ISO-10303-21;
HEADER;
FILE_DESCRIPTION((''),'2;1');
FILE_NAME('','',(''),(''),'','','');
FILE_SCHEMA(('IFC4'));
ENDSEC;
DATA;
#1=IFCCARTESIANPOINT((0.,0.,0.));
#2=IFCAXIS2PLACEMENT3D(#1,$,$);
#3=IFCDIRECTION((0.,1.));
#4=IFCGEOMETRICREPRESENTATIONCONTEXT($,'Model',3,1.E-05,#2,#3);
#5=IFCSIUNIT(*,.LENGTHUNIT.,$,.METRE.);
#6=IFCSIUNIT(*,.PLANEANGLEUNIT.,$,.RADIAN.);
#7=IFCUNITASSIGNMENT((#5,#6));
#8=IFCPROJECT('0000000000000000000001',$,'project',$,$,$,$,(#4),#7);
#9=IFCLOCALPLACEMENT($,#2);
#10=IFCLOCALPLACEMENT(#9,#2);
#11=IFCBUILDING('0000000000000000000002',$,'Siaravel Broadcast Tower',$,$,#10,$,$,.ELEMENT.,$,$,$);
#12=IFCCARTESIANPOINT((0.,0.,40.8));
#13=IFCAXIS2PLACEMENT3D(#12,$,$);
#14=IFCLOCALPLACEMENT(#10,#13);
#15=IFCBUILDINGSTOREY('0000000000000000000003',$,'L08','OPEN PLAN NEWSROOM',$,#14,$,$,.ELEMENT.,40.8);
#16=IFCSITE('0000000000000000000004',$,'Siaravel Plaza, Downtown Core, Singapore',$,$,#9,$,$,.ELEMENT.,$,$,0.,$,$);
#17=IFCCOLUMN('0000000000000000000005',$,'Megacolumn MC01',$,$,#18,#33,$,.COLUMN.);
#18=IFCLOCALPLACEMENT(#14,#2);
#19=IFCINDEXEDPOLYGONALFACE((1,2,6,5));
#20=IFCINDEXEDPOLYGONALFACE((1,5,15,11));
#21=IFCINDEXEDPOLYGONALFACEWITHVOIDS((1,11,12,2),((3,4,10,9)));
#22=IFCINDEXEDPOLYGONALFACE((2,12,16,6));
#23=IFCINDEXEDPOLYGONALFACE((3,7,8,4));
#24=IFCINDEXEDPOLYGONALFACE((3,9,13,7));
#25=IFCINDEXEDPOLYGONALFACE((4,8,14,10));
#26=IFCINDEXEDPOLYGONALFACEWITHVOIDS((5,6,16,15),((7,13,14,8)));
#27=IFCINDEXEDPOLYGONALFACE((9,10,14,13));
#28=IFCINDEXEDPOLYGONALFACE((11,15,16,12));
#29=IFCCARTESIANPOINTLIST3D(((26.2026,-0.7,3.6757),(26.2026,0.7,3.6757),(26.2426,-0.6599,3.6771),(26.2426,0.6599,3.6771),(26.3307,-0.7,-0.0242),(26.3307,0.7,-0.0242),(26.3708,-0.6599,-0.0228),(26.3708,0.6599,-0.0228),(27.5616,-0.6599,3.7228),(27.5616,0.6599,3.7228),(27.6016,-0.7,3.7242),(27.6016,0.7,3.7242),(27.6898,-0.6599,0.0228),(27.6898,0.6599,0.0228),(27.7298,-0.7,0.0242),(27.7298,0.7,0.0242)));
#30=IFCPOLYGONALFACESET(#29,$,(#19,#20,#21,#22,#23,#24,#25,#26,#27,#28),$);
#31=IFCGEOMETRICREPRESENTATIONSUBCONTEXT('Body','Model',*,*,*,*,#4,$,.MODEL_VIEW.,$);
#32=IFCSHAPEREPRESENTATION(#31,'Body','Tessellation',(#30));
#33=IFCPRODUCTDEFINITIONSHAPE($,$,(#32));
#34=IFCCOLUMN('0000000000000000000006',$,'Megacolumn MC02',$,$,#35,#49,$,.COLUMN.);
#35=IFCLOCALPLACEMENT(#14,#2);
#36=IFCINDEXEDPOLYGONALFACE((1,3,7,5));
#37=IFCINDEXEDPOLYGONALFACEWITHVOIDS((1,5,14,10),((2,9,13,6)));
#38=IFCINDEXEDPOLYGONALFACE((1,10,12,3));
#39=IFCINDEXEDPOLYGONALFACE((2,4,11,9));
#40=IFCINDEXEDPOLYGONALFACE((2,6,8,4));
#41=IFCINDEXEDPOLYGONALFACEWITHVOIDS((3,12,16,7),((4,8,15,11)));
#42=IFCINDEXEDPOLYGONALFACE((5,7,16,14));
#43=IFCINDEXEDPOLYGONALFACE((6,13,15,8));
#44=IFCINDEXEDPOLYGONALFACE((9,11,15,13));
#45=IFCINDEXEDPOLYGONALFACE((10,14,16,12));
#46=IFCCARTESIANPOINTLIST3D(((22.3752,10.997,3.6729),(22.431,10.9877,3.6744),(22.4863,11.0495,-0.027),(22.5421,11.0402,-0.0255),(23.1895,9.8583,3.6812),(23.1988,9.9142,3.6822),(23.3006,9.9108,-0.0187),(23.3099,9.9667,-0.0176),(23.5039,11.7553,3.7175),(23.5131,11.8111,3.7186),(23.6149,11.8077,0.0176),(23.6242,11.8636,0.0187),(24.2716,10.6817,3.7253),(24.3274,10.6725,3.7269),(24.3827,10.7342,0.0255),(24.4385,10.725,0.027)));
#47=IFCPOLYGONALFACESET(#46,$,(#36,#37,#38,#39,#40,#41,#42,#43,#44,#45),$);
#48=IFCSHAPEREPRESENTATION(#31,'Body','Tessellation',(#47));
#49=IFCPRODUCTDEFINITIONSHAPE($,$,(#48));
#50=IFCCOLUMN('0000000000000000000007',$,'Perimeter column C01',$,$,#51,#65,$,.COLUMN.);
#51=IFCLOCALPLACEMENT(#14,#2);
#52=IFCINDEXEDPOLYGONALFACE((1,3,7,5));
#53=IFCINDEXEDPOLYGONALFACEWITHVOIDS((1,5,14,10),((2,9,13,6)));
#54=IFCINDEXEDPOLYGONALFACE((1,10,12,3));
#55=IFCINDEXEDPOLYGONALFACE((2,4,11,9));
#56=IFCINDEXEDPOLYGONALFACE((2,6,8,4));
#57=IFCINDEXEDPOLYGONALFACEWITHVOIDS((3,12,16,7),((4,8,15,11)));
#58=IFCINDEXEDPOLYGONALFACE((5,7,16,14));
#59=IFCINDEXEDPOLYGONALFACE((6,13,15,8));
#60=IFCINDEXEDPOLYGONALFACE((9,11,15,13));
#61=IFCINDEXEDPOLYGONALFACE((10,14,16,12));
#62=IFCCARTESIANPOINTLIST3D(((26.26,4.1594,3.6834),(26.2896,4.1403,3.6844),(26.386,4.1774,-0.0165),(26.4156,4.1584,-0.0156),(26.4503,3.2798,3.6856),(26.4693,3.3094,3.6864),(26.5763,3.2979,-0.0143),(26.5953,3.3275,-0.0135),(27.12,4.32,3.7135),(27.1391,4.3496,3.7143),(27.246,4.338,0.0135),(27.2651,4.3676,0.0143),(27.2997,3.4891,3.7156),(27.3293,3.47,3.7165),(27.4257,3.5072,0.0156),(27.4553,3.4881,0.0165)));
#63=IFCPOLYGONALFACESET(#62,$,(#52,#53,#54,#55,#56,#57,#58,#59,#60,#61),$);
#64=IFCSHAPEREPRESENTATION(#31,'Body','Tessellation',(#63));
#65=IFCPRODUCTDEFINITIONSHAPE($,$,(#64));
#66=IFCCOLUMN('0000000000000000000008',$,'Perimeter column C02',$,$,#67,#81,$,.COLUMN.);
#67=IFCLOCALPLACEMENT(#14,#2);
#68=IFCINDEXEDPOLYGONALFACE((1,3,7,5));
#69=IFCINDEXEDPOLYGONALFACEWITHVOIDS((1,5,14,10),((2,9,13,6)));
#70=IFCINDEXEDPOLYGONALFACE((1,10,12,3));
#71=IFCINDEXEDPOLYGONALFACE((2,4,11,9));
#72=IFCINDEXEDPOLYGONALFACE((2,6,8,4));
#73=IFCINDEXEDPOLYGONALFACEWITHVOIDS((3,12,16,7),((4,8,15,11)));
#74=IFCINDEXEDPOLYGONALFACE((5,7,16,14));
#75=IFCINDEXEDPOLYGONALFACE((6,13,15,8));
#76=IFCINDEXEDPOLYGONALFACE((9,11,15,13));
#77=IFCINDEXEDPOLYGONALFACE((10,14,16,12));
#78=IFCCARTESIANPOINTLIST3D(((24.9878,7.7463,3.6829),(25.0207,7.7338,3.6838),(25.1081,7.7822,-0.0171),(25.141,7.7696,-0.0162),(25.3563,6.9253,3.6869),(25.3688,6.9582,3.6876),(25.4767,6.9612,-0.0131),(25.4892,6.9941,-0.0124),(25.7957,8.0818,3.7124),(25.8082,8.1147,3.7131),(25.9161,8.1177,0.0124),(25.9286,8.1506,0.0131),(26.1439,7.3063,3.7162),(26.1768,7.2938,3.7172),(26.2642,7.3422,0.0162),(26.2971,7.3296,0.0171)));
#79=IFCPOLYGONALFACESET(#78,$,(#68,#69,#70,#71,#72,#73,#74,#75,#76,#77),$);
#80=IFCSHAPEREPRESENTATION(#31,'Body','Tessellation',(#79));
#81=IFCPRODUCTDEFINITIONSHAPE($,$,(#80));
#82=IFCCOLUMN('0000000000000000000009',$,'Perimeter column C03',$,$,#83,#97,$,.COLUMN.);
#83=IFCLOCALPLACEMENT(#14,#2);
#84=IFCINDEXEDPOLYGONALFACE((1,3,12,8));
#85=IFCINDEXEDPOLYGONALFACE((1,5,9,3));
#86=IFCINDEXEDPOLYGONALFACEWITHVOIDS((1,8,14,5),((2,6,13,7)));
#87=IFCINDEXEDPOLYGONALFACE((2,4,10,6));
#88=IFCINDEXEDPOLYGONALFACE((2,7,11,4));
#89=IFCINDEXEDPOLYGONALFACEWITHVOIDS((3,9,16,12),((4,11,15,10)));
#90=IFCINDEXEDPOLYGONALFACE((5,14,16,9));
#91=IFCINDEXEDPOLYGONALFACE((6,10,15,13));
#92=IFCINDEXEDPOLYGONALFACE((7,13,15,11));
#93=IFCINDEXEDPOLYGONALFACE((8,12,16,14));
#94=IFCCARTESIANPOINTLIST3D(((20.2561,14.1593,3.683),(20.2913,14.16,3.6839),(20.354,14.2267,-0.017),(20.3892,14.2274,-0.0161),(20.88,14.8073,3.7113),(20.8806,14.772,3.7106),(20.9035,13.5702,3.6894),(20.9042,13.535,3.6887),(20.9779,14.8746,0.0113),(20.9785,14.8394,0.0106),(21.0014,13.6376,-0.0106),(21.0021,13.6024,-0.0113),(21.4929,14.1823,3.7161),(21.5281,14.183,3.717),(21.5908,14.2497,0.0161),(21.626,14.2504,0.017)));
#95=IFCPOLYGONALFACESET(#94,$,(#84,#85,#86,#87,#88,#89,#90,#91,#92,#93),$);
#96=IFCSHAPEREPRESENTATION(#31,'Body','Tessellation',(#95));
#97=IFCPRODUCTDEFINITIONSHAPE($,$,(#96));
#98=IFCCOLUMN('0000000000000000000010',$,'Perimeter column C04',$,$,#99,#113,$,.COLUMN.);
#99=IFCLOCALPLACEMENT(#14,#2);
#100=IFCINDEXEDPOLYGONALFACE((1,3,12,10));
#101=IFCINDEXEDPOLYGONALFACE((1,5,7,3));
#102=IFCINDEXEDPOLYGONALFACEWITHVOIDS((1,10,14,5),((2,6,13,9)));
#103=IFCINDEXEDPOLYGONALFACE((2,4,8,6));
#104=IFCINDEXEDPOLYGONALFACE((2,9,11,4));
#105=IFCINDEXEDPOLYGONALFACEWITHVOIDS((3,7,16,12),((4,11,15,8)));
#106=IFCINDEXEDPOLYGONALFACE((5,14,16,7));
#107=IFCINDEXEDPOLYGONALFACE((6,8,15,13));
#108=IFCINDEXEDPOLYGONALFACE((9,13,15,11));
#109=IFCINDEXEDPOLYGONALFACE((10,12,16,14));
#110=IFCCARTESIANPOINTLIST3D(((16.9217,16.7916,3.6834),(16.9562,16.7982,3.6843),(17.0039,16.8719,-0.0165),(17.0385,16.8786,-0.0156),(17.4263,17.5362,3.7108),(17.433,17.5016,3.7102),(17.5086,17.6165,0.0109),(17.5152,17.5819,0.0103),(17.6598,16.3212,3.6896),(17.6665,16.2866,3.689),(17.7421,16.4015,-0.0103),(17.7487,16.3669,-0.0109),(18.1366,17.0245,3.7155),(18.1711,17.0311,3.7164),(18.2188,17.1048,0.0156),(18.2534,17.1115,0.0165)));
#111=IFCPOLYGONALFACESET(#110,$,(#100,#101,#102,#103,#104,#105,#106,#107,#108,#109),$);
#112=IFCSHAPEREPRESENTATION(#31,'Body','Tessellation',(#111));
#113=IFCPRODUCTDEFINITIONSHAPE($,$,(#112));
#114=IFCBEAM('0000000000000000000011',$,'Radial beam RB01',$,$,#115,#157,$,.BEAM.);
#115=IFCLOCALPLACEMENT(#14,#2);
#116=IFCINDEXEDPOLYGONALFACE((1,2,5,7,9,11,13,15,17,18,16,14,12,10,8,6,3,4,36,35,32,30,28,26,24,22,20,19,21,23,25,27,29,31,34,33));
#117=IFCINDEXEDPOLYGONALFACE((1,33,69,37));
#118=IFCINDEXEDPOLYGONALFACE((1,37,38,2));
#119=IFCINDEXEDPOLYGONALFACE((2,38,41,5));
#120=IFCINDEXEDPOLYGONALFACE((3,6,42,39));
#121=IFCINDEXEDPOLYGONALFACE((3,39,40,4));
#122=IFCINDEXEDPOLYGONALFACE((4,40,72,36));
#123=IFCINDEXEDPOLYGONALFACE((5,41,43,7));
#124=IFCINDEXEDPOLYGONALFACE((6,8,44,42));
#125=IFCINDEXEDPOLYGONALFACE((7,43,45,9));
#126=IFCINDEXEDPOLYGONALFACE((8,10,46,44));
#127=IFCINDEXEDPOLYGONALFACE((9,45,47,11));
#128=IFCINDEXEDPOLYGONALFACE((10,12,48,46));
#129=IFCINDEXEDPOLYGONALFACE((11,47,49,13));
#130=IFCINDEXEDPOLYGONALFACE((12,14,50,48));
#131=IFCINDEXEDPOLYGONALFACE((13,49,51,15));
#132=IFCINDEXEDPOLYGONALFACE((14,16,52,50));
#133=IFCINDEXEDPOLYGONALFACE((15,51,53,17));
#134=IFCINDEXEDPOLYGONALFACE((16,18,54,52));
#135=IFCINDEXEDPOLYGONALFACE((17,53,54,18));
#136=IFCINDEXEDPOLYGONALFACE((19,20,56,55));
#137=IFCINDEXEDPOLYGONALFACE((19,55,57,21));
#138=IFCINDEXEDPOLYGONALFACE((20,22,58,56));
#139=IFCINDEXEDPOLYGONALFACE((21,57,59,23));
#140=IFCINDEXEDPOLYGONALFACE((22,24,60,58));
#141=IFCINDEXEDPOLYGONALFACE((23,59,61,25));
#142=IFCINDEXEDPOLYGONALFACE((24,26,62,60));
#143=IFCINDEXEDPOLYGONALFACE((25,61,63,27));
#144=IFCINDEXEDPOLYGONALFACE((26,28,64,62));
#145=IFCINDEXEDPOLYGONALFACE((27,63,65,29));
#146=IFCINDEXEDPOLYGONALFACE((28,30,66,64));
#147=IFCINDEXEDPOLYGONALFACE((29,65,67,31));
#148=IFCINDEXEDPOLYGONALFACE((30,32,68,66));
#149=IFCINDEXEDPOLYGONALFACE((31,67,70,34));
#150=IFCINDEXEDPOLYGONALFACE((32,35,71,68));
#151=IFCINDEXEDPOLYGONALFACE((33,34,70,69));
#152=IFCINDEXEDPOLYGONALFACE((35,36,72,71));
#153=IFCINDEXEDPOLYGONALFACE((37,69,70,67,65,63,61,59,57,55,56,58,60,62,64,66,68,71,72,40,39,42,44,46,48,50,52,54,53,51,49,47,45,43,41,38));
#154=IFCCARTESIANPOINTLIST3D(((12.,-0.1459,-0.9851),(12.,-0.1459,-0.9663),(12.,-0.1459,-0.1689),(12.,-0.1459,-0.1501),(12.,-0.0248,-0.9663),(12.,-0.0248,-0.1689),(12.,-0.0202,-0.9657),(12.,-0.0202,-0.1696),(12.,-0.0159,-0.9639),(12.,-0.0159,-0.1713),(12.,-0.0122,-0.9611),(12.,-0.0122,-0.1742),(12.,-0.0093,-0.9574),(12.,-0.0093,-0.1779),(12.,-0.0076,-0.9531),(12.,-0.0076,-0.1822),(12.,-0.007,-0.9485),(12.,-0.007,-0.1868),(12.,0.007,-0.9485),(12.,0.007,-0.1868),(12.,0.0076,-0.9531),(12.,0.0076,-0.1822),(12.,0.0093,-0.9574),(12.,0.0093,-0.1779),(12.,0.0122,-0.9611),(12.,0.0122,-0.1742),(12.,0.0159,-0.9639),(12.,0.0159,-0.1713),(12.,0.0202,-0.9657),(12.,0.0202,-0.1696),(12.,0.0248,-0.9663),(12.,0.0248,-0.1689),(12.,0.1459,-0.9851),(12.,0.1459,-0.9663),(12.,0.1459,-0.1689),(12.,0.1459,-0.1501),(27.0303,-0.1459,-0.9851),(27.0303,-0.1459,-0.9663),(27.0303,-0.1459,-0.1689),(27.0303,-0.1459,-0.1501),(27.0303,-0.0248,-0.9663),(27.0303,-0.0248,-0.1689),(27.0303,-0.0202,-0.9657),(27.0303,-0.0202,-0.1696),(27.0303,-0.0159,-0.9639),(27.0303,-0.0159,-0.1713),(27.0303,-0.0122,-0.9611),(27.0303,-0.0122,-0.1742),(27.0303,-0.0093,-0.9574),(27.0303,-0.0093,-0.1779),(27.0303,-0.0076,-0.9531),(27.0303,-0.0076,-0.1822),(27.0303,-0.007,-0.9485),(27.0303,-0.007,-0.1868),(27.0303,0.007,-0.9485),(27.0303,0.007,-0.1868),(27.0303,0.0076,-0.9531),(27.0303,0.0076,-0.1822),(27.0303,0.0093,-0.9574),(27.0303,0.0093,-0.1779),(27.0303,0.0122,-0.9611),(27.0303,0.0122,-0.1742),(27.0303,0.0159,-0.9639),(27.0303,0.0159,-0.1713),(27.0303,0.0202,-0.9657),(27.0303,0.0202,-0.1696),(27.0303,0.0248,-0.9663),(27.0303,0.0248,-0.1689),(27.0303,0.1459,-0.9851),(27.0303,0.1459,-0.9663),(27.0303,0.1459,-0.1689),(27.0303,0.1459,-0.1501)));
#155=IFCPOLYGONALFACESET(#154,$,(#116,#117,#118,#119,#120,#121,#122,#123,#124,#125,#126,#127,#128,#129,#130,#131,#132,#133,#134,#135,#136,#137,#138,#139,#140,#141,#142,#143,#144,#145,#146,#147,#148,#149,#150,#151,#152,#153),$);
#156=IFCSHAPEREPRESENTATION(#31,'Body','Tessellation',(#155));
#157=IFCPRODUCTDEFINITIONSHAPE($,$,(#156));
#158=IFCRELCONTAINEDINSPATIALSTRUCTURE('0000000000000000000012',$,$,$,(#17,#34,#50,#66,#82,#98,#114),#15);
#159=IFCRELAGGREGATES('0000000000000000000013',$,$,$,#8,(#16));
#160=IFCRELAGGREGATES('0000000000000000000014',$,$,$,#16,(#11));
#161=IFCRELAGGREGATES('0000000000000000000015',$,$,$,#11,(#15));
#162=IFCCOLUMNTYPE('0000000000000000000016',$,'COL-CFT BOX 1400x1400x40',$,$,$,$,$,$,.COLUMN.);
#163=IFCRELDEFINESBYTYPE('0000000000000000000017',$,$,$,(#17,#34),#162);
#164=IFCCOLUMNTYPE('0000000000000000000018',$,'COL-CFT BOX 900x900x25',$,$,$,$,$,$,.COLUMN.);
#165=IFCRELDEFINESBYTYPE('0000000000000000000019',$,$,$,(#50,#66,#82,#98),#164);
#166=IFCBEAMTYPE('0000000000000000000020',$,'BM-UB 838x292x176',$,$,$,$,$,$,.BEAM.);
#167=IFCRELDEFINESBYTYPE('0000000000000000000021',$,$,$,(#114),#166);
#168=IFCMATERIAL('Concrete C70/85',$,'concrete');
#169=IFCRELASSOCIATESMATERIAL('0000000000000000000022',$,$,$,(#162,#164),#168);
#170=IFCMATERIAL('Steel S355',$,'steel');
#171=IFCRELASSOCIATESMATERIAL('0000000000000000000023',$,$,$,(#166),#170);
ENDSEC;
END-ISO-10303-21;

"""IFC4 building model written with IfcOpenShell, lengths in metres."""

from ifc_helpers import new_model, si_unit, direction, frame, origin, origin_2d, place, context, subcontext, project, spatial, hollow_rectangle, i_section, extrude, material, material_profile, profile_set, type_object, element, save


model = new_model("IFC4")

# Units and contexts
model_context = context("Model", 3, precision=1e-05, world=origin(), true_north=direction((0.0, 1.0)))
body_context = subcontext(model_context, "Body", "Model", "MODEL_VIEW")
ifc_project = project(units=[si_unit("LENGTHUNIT", "METRE"), si_unit("PLANEANGLEUNIT", "RADIAN")], contexts=[model_context])

# Site, building, storey
site_placement = place(None, origin())
site = spatial("IfcSite", under=ifc_project, at=site_placement, Name="Siaravel Plaza, Downtown Core, Singapore", CompositionType="ELEMENT", RefElevation=0.0)
building_placement = place(site_placement, origin())
building = spatial("IfcBuilding", under=site, at=building_placement, Name="Siaravel Broadcast Tower", CompositionType="ELEMENT")
storey_placement = place(building_placement, frame((0.0, 0.0, 40.8)))
storey = spatial("IfcBuildingStorey", under=building, at=storey_placement, Name="L08", Description="OPEN PLAN NEWSROOM", CompositionType="ELEMENT", Elevation=40.8)

# Columns
ifc_material_1 = material(Name="Concrete C70/85", Category="concrete")
ifc_material_profile_1 = material_profile(ifc_material_1, hollow_rectangle(XDim=1.3999, YDim=1.3999, WallThickness=0.04, at=origin_2d()))
ifc_profile_set_1 = profile_set([ifc_material_profile_1], Name="Concrete C70/85")
column_type_1 = type_object("IfcColumnType", Name="COL-CFT BOX 1400x1400x40", PredefinedType="COLUMN", material=ifc_profile_set_1)
column_1_placement = place(storey_placement, frame((27.0303, 0.0, 0.0), z_axis=(-0.034621, 0.0, 0.999401), x_axis=(0.0, -1.0, 0.0)))
element("IfcColumn", 1, at=column_1_placement, inside=storey, type_object=column_type_1, Name="Megacolumn MC01", PredefinedType="COLUMN", context=body_context, shape_type="SweptSolid", body=[
    extrude(hollow_rectangle(XDim=1.3999, YDim=1.3999, WallThickness=0.04, at=origin_2d()), origin(), (0.0, 0.0, 1.0), 3.7021),
])
column_2_placement = place(storey_placement, frame((23.4624, 10.8872, 0.0), z_axis=(-0.030007, -0.014179, 0.999449), x_axis=(0.581708, -0.813376, 0.005926)))
element("IfcColumn", 2, at=column_2_placement, inside=storey, type_object=column_type_1, Name="Megacolumn MC02", PredefinedType="COLUMN", context=body_context, shape_type="SweptSolid", body=[
    extrude(hollow_rectangle(XDim=1.3999, YDim=1.3999, WallThickness=0.04, at=origin_2d()), origin(), (0.0, 0.0, 1.0), 3.7019),
])
ifc_material_profile_2 = material_profile(ifc_material_1, hollow_rectangle(XDim=0.8999, YDim=0.8999, WallThickness=0.0249, at=origin_2d()))
ifc_profile_set_2 = profile_set([ifc_material_profile_2], Name="Concrete C70/85")
column_type_2 = type_object("IfcColumnType", Name="COL-CFT BOX 900x900x25", PredefinedType="COLUMN", material=ifc_profile_set_2)
for number, where, z_axis, x_axis, name in (
    (3, (26.9207, 3.8328, 0.0), (-0.034028, -0.00488, 0.999409), (0.211389, -0.977399, 0.002425), "Perimeter column C01"),
    (4, (25.7026, 7.5559, 0.0), (-0.032512, -0.009694, 0.999424), (0.40952, -0.91229, 0.004473), "Perimeter column C02"),
):
    element("IfcColumn", number, at=place(storey_placement, frame(where, z_axis=z_axis, x_axis=x_axis)), inside=storey, type_object=column_type_2, Name=name, PredefinedType="COLUMN", context=body_context, shape_type="SweptSolid", body=[
        extrude(hollow_rectangle(XDim=0.8999, YDim=0.8999, WallThickness=0.0249, at=origin_2d()), origin(), (0.0, 0.0, 1.0), 3.7021),
    ])
column_3_placement = place(storey_placement, frame((20.99, 14.2385, 0.0), z_axis=(-0.026446, -0.018202, 0.999484), x_axis=(0.72021, -0.693726, 0.006423)))
element("IfcColumn", 5, at=column_3_placement, inside=storey, type_object=column_type_2, Name="Perimeter column C03", PredefinedType="COLUMN", context=body_context, shape_type="SweptSolid", body=[
    extrude(hollow_rectangle(XDim=0.8999, YDim=0.8999, WallThickness=0.0249, at=origin_2d()), origin(), (0.0, 0.0, 1.0), 3.7019),
])
column_4_placement = place(storey_placement, frame((17.6287, 16.9917, 0.0), z_axis=(-0.022226, -0.021699, 0.999517), x_axis=(0.827647, -0.561215, 0.006221)))
element("IfcColumn", 6, at=column_4_placement, inside=storey, type_object=column_type_2, Name="Perimeter column C04", PredefinedType="COLUMN", context=body_context, shape_type="SweptSolid", body=[
    extrude(hollow_rectangle(XDim=0.8999, YDim=0.8999, WallThickness=0.0249, at=origin_2d()), origin(), (0.0, 0.0, 1.0), 3.7017),
])

# Beam
ifc_material_2 = material(Name="Steel S355", Category="steel")
ifc_material_profile_3 = material_profile(ifc_material_2, i_section(OverallWidth=0.2917, OverallDepth=0.835, WebThickness=0.0139, FlangeThickness=0.0188, FilletRadius=0.0178, at=origin_2d()))
ifc_profile_set_3 = profile_set([ifc_material_profile_3], Name="Steel S355")
beam_type = type_object("IfcBeamType", Name="BM-UB 838x292x176", PredefinedType="BEAM", material=ifc_profile_set_3)
beam_1_placement = place(storey_placement, frame((27.0303, 0.0, -0.5676), z_axis=(-1.0, 0.0, 0.0), x_axis=(0.0, -1.0, 0.0)))
element("IfcBeam", 7, at=beam_1_placement, inside=storey, type_object=beam_type, Name="Radial beam RB01", PredefinedType="BEAM", context=body_context, shape_type="SweptSolid", body=[
    extrude(i_section(OverallWidth=0.2917, OverallDepth=0.835, WebThickness=0.0139, FlangeThickness=0.0188, FilletRadius=0.0178, at=origin_2d()), origin(), (0.0, 0.0, 1.0), 15.0303),
])

save(model, "model.ifc")
